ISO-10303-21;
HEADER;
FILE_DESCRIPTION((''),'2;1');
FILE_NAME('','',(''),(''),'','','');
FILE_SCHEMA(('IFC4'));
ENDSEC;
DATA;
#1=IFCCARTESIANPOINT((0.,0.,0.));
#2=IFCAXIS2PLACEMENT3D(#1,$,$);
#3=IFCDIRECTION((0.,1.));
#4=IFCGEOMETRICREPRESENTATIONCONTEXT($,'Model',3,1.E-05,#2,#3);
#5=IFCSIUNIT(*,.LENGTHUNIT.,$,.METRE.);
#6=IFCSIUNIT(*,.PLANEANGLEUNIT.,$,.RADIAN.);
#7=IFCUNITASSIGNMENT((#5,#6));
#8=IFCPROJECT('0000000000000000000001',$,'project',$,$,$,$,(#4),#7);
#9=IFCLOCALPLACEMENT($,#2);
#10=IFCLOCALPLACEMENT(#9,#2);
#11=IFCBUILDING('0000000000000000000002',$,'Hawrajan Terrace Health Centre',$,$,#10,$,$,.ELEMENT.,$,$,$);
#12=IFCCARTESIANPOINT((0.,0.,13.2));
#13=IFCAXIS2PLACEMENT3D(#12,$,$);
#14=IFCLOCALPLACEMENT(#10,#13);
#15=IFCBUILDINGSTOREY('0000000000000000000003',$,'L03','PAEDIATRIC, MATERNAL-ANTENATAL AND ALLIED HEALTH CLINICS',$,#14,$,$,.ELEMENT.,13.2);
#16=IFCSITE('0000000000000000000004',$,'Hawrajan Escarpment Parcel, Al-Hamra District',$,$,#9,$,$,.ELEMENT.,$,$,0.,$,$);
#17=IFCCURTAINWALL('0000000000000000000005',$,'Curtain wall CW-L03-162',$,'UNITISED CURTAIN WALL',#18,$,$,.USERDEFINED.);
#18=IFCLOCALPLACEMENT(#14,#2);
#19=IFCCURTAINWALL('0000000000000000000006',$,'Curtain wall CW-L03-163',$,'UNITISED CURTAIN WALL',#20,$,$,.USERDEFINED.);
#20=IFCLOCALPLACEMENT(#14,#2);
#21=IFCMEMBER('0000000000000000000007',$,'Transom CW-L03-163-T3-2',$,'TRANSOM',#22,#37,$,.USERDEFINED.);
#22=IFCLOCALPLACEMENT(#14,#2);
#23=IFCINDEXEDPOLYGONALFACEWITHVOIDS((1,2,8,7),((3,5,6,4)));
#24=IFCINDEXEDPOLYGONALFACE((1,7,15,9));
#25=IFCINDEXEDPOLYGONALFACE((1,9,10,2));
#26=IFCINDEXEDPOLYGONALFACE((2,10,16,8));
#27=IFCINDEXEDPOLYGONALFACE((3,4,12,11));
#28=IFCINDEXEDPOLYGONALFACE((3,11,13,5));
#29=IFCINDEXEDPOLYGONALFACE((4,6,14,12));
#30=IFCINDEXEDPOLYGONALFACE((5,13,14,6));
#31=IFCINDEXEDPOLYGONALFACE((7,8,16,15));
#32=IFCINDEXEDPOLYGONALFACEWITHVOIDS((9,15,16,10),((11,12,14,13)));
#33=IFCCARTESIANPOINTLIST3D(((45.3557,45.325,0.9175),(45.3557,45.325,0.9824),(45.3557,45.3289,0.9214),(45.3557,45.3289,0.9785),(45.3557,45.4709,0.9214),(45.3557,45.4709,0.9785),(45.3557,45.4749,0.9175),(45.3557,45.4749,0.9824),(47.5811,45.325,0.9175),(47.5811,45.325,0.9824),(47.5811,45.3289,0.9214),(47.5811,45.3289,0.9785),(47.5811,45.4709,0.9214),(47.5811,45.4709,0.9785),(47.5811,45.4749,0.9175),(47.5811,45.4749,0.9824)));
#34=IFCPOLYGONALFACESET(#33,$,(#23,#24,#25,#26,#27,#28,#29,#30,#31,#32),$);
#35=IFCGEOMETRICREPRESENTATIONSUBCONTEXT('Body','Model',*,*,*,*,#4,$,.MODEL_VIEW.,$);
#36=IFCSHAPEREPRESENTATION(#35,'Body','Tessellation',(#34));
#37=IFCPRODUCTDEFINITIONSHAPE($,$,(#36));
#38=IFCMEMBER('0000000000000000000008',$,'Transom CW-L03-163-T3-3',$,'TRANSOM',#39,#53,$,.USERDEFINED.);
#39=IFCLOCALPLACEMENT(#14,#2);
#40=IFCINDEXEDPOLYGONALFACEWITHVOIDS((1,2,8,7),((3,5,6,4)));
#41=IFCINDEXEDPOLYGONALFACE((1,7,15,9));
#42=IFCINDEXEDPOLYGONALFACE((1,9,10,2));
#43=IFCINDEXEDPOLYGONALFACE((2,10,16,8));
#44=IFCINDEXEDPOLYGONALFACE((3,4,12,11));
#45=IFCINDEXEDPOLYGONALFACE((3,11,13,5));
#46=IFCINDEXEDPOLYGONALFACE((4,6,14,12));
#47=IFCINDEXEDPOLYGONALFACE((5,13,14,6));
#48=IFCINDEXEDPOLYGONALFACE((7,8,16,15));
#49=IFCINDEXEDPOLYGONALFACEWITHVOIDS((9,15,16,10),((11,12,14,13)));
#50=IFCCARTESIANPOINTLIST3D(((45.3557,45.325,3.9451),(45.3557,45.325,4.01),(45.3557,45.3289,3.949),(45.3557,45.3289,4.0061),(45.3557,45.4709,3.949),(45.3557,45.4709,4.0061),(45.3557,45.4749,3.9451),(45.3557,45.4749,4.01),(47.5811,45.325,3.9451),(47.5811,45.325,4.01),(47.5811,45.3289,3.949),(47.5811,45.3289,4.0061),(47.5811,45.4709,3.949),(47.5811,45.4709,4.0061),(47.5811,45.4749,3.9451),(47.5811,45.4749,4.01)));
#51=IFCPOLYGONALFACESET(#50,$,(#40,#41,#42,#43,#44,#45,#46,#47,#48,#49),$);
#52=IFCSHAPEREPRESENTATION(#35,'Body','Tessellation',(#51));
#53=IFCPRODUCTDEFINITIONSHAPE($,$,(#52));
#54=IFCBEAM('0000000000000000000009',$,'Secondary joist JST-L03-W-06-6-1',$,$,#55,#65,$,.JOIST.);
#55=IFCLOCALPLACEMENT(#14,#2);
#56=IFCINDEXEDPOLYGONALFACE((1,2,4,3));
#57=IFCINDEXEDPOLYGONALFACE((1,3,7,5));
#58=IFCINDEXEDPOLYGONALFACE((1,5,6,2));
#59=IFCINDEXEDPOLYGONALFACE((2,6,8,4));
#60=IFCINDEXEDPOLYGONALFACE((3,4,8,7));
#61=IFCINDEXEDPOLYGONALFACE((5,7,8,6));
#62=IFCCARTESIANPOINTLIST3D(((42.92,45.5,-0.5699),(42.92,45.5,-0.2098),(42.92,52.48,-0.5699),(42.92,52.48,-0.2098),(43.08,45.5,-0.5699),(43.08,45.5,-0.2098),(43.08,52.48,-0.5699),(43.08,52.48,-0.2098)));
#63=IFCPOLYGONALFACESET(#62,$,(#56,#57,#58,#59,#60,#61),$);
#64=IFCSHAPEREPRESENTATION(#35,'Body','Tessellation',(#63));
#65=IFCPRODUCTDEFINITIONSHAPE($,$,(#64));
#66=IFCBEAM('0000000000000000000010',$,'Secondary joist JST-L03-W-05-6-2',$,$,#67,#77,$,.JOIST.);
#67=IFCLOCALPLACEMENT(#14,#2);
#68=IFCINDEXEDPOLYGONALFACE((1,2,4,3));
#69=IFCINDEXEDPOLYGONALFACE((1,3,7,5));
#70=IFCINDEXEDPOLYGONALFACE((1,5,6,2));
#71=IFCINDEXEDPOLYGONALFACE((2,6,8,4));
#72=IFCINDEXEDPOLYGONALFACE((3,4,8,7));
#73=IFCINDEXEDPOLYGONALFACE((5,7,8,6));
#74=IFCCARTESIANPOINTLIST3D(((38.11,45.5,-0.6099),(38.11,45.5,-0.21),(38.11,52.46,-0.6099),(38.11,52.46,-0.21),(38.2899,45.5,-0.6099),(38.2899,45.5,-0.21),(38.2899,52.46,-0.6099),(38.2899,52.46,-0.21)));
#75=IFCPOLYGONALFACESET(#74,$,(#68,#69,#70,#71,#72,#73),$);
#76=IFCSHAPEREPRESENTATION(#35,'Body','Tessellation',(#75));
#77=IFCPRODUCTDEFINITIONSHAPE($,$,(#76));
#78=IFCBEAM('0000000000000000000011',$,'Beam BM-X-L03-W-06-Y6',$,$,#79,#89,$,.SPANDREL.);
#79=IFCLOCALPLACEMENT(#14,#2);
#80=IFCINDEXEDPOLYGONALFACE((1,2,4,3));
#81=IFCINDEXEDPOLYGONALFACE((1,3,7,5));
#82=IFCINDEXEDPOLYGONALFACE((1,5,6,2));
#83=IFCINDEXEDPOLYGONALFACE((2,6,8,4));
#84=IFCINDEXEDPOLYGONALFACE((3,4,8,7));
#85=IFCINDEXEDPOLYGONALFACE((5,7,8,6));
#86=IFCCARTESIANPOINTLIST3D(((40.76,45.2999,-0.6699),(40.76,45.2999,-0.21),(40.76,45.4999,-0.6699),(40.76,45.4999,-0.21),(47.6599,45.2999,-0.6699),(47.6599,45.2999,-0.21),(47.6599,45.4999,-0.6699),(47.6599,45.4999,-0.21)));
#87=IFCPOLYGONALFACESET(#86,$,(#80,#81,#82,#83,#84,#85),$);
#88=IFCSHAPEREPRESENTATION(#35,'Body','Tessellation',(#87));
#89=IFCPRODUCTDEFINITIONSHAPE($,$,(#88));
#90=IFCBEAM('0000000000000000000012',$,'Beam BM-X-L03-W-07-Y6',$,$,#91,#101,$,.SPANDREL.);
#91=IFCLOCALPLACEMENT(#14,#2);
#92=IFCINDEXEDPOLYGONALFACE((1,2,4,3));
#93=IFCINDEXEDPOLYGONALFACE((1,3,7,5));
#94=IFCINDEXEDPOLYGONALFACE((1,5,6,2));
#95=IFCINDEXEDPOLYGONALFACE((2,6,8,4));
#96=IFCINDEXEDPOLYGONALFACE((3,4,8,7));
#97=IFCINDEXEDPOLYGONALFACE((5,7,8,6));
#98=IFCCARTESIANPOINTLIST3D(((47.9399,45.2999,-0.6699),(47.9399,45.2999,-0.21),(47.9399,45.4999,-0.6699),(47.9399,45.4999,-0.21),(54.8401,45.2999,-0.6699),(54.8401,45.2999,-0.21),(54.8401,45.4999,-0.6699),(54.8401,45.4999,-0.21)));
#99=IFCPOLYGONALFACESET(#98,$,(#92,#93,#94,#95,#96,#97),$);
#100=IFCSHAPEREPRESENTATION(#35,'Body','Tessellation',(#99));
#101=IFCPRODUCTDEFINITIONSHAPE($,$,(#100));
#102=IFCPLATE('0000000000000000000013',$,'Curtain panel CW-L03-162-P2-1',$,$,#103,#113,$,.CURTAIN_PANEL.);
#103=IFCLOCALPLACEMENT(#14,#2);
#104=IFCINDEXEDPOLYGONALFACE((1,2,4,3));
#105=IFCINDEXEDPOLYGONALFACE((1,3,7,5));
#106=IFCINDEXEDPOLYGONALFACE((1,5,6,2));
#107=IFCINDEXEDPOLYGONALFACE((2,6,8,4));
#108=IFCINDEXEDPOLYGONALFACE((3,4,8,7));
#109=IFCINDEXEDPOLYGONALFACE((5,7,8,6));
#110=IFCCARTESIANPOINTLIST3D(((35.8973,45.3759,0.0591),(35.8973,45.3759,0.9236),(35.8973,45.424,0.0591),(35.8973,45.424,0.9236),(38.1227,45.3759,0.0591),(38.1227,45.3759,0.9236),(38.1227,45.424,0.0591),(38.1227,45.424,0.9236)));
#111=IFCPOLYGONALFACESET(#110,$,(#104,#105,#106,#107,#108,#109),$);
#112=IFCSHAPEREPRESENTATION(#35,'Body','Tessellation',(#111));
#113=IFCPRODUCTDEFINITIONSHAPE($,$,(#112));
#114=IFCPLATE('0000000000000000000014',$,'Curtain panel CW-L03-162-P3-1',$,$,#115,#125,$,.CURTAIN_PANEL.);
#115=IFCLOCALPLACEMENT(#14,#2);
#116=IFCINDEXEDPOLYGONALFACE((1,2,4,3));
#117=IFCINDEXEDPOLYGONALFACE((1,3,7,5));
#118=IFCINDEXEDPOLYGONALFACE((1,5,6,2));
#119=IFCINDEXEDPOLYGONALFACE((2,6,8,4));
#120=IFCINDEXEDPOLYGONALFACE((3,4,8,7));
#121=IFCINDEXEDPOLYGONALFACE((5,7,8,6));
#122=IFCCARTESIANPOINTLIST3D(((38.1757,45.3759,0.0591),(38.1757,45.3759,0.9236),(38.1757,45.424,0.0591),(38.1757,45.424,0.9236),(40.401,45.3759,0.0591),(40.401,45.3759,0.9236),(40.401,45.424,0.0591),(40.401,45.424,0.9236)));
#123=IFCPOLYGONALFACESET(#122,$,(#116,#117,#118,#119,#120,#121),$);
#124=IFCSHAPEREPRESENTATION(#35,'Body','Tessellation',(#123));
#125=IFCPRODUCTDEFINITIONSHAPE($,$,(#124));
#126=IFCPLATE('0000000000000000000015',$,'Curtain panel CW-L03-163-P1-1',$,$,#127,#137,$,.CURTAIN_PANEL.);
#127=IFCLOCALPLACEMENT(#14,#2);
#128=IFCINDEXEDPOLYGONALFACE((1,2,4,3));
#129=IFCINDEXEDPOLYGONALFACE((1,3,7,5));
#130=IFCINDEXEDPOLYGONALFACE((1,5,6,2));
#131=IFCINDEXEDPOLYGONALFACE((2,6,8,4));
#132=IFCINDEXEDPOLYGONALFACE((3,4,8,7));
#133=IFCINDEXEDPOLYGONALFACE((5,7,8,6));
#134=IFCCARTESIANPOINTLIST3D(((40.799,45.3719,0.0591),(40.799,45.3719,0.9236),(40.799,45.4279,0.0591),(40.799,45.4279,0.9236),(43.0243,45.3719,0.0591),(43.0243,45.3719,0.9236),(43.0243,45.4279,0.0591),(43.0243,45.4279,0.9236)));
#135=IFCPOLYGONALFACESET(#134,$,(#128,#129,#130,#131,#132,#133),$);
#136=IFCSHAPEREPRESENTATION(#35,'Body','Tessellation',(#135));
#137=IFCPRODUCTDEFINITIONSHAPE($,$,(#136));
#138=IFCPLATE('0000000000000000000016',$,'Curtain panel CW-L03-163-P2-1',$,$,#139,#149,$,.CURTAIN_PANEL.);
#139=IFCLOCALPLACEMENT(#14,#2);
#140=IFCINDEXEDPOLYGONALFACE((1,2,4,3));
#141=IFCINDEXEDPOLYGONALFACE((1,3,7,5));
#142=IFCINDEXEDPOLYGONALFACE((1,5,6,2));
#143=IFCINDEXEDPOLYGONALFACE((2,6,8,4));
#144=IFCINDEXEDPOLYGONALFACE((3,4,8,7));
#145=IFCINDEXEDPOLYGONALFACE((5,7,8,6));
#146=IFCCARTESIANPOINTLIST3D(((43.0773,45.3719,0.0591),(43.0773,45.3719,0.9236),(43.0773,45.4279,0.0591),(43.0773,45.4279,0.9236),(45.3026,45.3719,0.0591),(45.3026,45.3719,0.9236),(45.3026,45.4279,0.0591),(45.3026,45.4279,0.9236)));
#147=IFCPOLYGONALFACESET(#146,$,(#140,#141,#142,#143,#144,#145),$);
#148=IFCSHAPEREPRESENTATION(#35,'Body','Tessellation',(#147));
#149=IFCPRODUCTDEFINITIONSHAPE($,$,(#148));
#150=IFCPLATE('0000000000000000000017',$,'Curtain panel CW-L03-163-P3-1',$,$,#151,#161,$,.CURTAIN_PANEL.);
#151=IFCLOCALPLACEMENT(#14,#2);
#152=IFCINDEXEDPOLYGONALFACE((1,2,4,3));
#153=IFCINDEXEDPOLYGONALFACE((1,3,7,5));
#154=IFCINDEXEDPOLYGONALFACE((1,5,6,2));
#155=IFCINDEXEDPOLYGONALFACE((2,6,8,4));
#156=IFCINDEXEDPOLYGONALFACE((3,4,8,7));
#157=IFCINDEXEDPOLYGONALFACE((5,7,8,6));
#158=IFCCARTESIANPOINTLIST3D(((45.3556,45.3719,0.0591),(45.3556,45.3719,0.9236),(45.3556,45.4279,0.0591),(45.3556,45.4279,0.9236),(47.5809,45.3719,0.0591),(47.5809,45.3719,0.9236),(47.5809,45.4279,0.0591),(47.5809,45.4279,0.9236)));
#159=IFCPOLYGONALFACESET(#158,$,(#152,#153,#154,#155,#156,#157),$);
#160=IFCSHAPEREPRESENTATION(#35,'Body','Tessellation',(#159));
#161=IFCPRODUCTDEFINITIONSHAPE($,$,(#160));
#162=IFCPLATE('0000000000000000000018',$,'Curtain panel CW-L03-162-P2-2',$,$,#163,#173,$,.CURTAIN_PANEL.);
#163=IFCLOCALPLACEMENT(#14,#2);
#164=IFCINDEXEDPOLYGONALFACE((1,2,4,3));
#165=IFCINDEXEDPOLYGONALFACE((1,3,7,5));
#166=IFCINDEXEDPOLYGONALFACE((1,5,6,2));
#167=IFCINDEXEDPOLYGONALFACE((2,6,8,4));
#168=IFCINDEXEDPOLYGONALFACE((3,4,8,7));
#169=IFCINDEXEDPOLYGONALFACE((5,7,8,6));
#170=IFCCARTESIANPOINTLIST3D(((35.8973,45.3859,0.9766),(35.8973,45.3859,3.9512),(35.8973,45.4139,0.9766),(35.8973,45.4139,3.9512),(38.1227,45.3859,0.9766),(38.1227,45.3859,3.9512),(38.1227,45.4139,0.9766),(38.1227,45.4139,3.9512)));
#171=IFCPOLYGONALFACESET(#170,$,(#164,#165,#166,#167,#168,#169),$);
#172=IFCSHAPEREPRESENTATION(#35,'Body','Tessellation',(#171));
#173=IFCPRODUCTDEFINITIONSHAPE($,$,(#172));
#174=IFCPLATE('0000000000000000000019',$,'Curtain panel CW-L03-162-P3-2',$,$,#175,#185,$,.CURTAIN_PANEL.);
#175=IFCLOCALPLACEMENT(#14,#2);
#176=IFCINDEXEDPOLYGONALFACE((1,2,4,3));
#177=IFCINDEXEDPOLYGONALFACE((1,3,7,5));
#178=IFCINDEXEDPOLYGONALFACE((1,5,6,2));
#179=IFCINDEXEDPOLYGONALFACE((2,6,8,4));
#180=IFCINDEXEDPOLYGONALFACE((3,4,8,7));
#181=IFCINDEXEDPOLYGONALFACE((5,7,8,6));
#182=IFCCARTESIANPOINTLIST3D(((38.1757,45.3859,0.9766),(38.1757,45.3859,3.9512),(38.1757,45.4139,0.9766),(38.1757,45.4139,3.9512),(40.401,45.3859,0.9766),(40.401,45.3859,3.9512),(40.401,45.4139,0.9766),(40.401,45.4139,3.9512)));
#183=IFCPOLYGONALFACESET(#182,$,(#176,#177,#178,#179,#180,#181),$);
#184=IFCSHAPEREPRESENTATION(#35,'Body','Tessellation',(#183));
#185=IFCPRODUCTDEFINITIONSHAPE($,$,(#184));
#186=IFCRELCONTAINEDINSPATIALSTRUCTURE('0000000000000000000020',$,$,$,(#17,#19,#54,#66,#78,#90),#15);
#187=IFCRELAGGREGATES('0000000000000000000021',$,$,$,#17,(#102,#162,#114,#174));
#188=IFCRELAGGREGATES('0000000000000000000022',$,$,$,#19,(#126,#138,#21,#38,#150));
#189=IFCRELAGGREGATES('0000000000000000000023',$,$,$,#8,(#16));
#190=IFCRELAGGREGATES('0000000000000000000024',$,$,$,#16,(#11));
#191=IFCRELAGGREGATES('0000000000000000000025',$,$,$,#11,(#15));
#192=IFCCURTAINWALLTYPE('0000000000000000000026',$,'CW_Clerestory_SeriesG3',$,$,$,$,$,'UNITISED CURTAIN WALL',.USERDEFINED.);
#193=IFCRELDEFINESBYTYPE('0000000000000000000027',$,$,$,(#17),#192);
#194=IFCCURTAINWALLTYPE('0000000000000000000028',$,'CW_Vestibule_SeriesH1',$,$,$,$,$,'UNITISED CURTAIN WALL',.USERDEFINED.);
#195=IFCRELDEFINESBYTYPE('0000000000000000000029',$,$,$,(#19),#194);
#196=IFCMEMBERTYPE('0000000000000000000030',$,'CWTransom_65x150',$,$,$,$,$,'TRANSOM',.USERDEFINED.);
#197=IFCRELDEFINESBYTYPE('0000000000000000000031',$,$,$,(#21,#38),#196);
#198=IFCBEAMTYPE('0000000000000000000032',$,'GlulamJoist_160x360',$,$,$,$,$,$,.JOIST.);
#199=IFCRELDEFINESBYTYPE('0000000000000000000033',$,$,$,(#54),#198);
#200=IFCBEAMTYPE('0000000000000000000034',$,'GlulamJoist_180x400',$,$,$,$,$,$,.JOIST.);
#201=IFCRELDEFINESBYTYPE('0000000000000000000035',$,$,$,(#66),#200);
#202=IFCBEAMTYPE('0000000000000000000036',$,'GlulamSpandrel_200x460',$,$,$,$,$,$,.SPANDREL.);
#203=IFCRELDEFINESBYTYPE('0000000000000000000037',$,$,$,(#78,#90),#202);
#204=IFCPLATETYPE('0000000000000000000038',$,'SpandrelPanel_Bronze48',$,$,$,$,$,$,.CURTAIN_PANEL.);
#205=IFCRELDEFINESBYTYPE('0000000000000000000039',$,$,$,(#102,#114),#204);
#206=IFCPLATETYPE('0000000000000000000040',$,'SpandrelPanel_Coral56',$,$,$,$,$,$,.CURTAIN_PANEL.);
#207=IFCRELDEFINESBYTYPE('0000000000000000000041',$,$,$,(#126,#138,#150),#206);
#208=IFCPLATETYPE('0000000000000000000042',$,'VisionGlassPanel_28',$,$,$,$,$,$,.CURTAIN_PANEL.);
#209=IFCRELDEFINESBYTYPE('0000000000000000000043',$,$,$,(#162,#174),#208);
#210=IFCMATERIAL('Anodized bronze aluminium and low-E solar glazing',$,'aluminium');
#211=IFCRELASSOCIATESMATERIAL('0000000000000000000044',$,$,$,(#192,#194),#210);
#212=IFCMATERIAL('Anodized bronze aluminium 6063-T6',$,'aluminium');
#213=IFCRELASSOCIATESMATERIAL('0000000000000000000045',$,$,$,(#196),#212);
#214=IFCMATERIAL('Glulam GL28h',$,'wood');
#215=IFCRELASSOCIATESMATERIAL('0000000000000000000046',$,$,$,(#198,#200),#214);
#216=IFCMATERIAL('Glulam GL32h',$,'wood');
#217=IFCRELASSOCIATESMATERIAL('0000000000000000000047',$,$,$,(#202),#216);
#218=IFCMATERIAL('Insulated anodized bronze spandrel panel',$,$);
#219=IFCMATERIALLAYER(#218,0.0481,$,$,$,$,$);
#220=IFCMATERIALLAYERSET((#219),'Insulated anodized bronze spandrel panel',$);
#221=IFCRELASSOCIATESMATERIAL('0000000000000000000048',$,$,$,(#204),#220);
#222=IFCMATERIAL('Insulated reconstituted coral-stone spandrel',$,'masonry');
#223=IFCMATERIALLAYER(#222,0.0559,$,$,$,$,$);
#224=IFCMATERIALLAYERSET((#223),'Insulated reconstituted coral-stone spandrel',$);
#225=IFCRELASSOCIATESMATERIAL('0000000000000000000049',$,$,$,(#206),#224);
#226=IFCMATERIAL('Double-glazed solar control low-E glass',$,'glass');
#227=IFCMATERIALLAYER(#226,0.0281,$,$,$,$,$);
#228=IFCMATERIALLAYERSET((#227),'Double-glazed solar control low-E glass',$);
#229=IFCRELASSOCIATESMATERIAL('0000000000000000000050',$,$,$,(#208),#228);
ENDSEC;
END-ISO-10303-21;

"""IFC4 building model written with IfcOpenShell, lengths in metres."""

from ifc_helpers import new_model, si_unit, direction, frame, origin, origin_2d, place, context, subcontext, project, spatial, rectangle, hollow_rectangle, extrude, material, layer, layer_set, material_profile, profile_set, type_object, element, aggregate, save


model = new_model("IFC4")

# Units and contexts
model_context = context("Model", 3, precision=1e-05, world=origin(), true_north=direction((0.0, 1.0)))
body_context = subcontext(model_context, "Body", "Model", "MODEL_VIEW")
ifc_project = project(units=[si_unit("LENGTHUNIT", "METRE"), si_unit("PLANEANGLEUNIT", "RADIAN")], contexts=[model_context])

# Site, building, storey
site_placement = place(None, origin())
site = spatial("IfcSite", under=ifc_project, at=site_placement, Name="Hawrajan Escarpment Parcel, Al-Hamra District", CompositionType="ELEMENT", RefElevation=0.0)
building_placement = place(site_placement, origin())
building = spatial("IfcBuilding", under=site, at=building_placement, Name="Hawrajan Terrace Health Centre", CompositionType="ELEMENT")
storey_placement = place(building_placement, frame((0.0, 0.0, 13.2)))
storey = spatial("IfcBuildingStorey", under=building, at=storey_placement, Name="L03", Description="PAEDIATRIC, MATERNAL-ANTENATAL AND ALLIED HEALTH CLINICS", CompositionType="ELEMENT", Elevation=13.2)

# Shared definitions
ifc_material_1 = material(Name="Glulam GL32h", Category="wood")

# Curtain wall
ifc_material_2 = material(Name="Anodized bronze aluminium and low-E solar glazing", Category="aluminium")
curtain_wall_type_1 = type_object("IfcCurtainWallType", Name="CW_Clerestory_SeriesG3", ElementType="UNITISED CURTAIN WALL", PredefinedType="USERDEFINED", material=ifc_material_2)
curtain_wall_1_placement = place(storey_placement, origin())
curtain_wall_1 = element("IfcCurtainWall", 1, at=curtain_wall_1_placement, inside=storey, type_object=curtain_wall_type_1, Name="Curtain wall CW-L03-162", ObjectType="UNITISED CURTAIN WALL", PredefinedType="USERDEFINED")
ifc_material_3 = material(Name="Anodized bronze aluminium 6063-T6", Category="aluminium")

# Curtain wall
curtain_wall_type_2 = type_object("IfcCurtainWallType", Name="CW_Vestibule_SeriesH1", ElementType="UNITISED CURTAIN WALL", PredefinedType="USERDEFINED", material=ifc_material_2)
curtain_wall_2_placement = place(storey_placement, origin())
curtain_wall_2 = element("IfcCurtainWall", 2, at=curtain_wall_2_placement, inside=storey, type_object=curtain_wall_type_2, Name="Curtain wall CW-L03-163", ObjectType="UNITISED CURTAIN WALL", PredefinedType="USERDEFINED")

# Members
ifc_material_profile_1 = material_profile(ifc_material_3, hollow_rectangle(XDim=0.0649, YDim=0.1499, WallThickness=0.0039, at=origin_2d()), Name="CW TRN 65x150")
ifc_profile_set_1 = profile_set([ifc_material_profile_1], Name="Anodized bronze aluminium 6063-T6")
member_type_1 = type_object("IfcMemberType", Name="CWTransom_65x150", ElementType="TRANSOM", PredefinedType="USERDEFINED", material=ifc_profile_set_1)
member_1_placement = place(storey_placement, frame((45.3557, 45.3999, 0.95), z_axis=(1.0, 0.0, 0.0), x_axis=(0.0, 0.0, 1.0)))
member_1 = element("IfcMember", 3, at=member_1_placement, type_object=member_type_1, Name="Transom CW-L03-163-T3-2", ObjectType="TRANSOM", PredefinedType="USERDEFINED", context=body_context, shape_type="SweptSolid", body=[
    extrude(hollow_rectangle(XDim=0.0649, YDim=0.1499, WallThickness=0.0039, at=origin_2d()), origin(), (0.0, 0.0, 1.0), 2.2253),
])
member_2_placement = place(storey_placement, frame((45.3557, 45.3999, 3.9775), z_axis=(1.0, 0.0, 0.0), x_axis=(0.0, 0.0, 1.0)))
member_2 = element("IfcMember", 4, at=member_2_placement, type_object=member_type_1, Name="Transom CW-L03-163-T3-3", ObjectType="TRANSOM", PredefinedType="USERDEFINED", context=body_context, shape_type="SweptSolid", body=[
    extrude(hollow_rectangle(XDim=0.0649, YDim=0.1499, WallThickness=0.0039, at=origin_2d()), origin(), (0.0, 0.0, 1.0), 2.2253),
])

# Beams
ifc_material_4 = material(Name="Glulam GL28h", Category="wood")
ifc_material_profile_2 = material_profile(ifc_material_4, rectangle(XDim=0.1599, YDim=0.3601, at=origin_2d()), Name="GL JST 160x360")
ifc_profile_set_2 = profile_set([ifc_material_profile_2], Name="Glulam GL28h")
beam_type_1 = type_object("IfcBeamType", Name="GlulamJoist_160x360", PredefinedType="JOIST", material=ifc_profile_set_2)
beam_1_placement = place(storey_placement, frame((43.0, 45.5, -0.3899), z_axis=(0.0, 1.0, 0.0), x_axis=(-1.0, 0.0, 0.0)))
element("IfcBeam", 5, at=beam_1_placement, inside=storey, type_object=beam_type_1, Name="Secondary joist JST-L03-W-06-6-1", PredefinedType="JOIST", context=body_context, shape_type="SweptSolid", body=[
    extrude(rectangle(XDim=0.1599, YDim=0.3601, at=origin_2d()), origin(), (0.0, 0.0, 1.0), 6.98),
])
ifc_material_profile_3 = material_profile(ifc_material_4, rectangle(XDim=0.1799, YDim=0.3999, at=origin_2d()), Name="GL JST 180x400")
ifc_profile_set_3 = profile_set([ifc_material_profile_3], Name="Glulam GL28h")
beam_type_2 = type_object("IfcBeamType", Name="GlulamJoist_180x400", PredefinedType="JOIST", material=ifc_profile_set_3)
beam_2_placement = place(storey_placement, frame((38.2, 45.5, -0.4099), z_axis=(0.0, 1.0, 0.0), x_axis=(-1.0, 0.0, 0.0)))
element("IfcBeam", 6, at=beam_2_placement, inside=storey, type_object=beam_type_2, Name="Secondary joist JST-L03-W-05-6-2", PredefinedType="JOIST", context=body_context, shape_type="SweptSolid", body=[
    extrude(rectangle(XDim=0.1799, YDim=0.3999, at=origin_2d()), origin(), (0.0, 0.0, 1.0), 6.96),
])
ifc_material_profile_4 = material_profile(ifc_material_1, rectangle(XDim=0.2, YDim=0.46, at=origin_2d()), Name="GL SP 200x460")
ifc_profile_set_4 = profile_set([ifc_material_profile_4], Name="Glulam GL32h")
beam_type_3 = type_object("IfcBeamType", Name="GlulamSpandrel_200x460", PredefinedType="SPANDREL", material=ifc_profile_set_4)
beam_3_placement = place(storey_placement, frame((40.76, 45.3999, -0.4399), z_axis=(1.0, 0.0, 0.0), x_axis=(0.0, 1.0, 0.0)))
element("IfcBeam", 7, at=beam_3_placement, inside=storey, type_object=beam_type_3, Name="Beam BM-X-L03-W-06-Y6", PredefinedType="SPANDREL", context=body_context, shape_type="SweptSolid", body=[
    extrude(rectangle(XDim=0.2, YDim=0.46, at=origin_2d()), origin(), (0.0, 0.0, 1.0), 6.8999),
])
beam_4_placement = place(storey_placement, frame((47.9399, 45.3999, -0.4399), z_axis=(1.0, 0.0, 0.0), x_axis=(0.0, 1.0, 0.0)))
element("IfcBeam", 8, at=beam_4_placement, inside=storey, type_object=beam_type_3, Name="Beam BM-X-L03-W-07-Y6", PredefinedType="SPANDREL", context=body_context, shape_type="SweptSolid", body=[
    extrude(rectangle(XDim=0.2, YDim=0.46, at=origin_2d()), origin(), (0.0, 0.0, 1.0), 6.9001),
])

# Plates
ifc_material_5 = material(Name="Insulated anodized bronze spandrel panel")
ifc_layer_1 = layer(ifc_material_5, 0.0481)
ifc_layer_set_1 = layer_set([ifc_layer_1], Name="Insulated anodized bronze spandrel panel")
plate_type_1 = type_object("IfcPlateType", Name="SpandrelPanel_Bronze48", PredefinedType="CURTAIN_PANEL", material=ifc_layer_set_1)
plate_1_placement = place(storey_placement, frame((37.01, 45.3999, 0.0591), z_axis=(0.0, 0.0, 1.0), x_axis=(1.0, 0.0, 0.0)))
plate_1 = element("IfcPlate", 9, at=plate_1_placement, type_object=plate_type_1, Name="Curtain panel CW-L03-162-P2-1", PredefinedType="CURTAIN_PANEL", context=body_context, shape_type="SweptSolid", body=[
    extrude(rectangle(XDim=2.2253, YDim=0.0481, at=origin_2d()), origin(), (0.0, 0.0, 1.0), 0.8645),
])
plate_2_placement = place(storey_placement, frame((39.2883, 45.3999, 0.0591), z_axis=(0.0, 0.0, 1.0), x_axis=(1.0, 0.0, 0.0)))
plate_2 = element("IfcPlate", 10, at=plate_2_placement, type_object=plate_type_1, Name="Curtain panel CW-L03-162-P3-1", PredefinedType="CURTAIN_PANEL", context=body_context, shape_type="SweptSolid", body=[
    extrude(rectangle(XDim=2.2253, YDim=0.0481, at=origin_2d()), origin(), (0.0, 0.0, 1.0), 0.8645),
])
ifc_material_6 = material(Name="Insulated reconstituted coral-stone spandrel", Category="masonry")
ifc_layer_2 = layer(ifc_material_6, 0.0559)
ifc_layer_set_2 = layer_set([ifc_layer_2], Name="Insulated reconstituted coral-stone spandrel")
plate_type_2 = type_object("IfcPlateType", Name="SpandrelPanel_Coral56", PredefinedType="CURTAIN_PANEL", material=ifc_layer_set_2)
plate_3_placement = place(storey_placement, frame((41.9116, 45.3999, 0.0591), z_axis=(0.0, 0.0, 1.0), x_axis=(1.0, 0.0, 0.0)))
plate_3 = element("IfcPlate", 11, at=plate_3_placement, type_object=plate_type_2, Name="Curtain panel CW-L03-163-P1-1", PredefinedType="CURTAIN_PANEL", context=body_context, shape_type="SweptSolid", body=[
    extrude(rectangle(XDim=2.2253, YDim=0.0559, at=origin_2d()), origin(), (0.0, 0.0, 1.0), 0.8645),
])
plate_4_placement = place(storey_placement, frame((44.1899, 45.3999, 0.0591), z_axis=(0.0, 0.0, 1.0), x_axis=(1.0, 0.0, 0.0)))
plate_4 = element("IfcPlate", 12, at=plate_4_placement, type_object=plate_type_2, Name="Curtain panel CW-L03-163-P2-1", PredefinedType="CURTAIN_PANEL", context=body_context, shape_type="SweptSolid", body=[
    extrude(rectangle(XDim=2.2253, YDim=0.0559, at=origin_2d()), origin(), (0.0, 0.0, 1.0), 0.8645),
])
plate_5_placement = place(storey_placement, frame((46.4683, 45.3999, 0.0591), z_axis=(0.0, 0.0, 1.0), x_axis=(1.0, 0.0, 0.0)))
plate_5 = element("IfcPlate", 13, at=plate_5_placement, type_object=plate_type_2, Name="Curtain panel CW-L03-163-P3-1", PredefinedType="CURTAIN_PANEL", context=body_context, shape_type="SweptSolid", body=[
    extrude(rectangle(XDim=2.2253, YDim=0.0559, at=origin_2d()), origin(), (0.0, 0.0, 1.0), 0.8645),
])
ifc_material_7 = material(Name="Double-glazed solar control low-E glass", Category="glass")
ifc_layer_3 = layer(ifc_material_7, 0.0281)
ifc_layer_set_3 = layer_set([ifc_layer_3], Name="Double-glazed solar control low-E glass")
plate_type_3 = type_object("IfcPlateType", Name="VisionGlassPanel_28", PredefinedType="CURTAIN_PANEL", material=ifc_layer_set_3)
plate_6_placement = place(storey_placement, frame((37.01, 45.3999, 0.9766), z_axis=(0.0, 0.0, 1.0), x_axis=(1.0, 0.0, 0.0)))
plate_6 = element("IfcPlate", 14, at=plate_6_placement, type_object=plate_type_3, Name="Curtain panel CW-L03-162-P2-2", PredefinedType="CURTAIN_PANEL", context=body_context, shape_type="SweptSolid", body=[
    extrude(rectangle(XDim=2.2253, YDim=0.0281, at=origin_2d()), origin(), (0.0, 0.0, 1.0), 2.9746),
])
plate_7_placement = place(storey_placement, frame((39.2883, 45.3999, 0.9766), z_axis=(0.0, 0.0, 1.0), x_axis=(1.0, 0.0, 0.0)))
plate_7 = element("IfcPlate", 15, at=plate_7_placement, type_object=plate_type_3, Name="Curtain panel CW-L03-162-P3-2", PredefinedType="CURTAIN_PANEL", context=body_context, shape_type="SweptSolid", body=[
    extrude(rectangle(XDim=2.2253, YDim=0.0281, at=origin_2d()), origin(), (0.0, 0.0, 1.0), 2.9746),
])
aggregate(curtain_wall_1, [plate_1, plate_6, plate_2, plate_7])
aggregate(curtain_wall_2, [plate_3, plate_4, member_1, member_2, plate_5])

save(model, "model.ifc")
